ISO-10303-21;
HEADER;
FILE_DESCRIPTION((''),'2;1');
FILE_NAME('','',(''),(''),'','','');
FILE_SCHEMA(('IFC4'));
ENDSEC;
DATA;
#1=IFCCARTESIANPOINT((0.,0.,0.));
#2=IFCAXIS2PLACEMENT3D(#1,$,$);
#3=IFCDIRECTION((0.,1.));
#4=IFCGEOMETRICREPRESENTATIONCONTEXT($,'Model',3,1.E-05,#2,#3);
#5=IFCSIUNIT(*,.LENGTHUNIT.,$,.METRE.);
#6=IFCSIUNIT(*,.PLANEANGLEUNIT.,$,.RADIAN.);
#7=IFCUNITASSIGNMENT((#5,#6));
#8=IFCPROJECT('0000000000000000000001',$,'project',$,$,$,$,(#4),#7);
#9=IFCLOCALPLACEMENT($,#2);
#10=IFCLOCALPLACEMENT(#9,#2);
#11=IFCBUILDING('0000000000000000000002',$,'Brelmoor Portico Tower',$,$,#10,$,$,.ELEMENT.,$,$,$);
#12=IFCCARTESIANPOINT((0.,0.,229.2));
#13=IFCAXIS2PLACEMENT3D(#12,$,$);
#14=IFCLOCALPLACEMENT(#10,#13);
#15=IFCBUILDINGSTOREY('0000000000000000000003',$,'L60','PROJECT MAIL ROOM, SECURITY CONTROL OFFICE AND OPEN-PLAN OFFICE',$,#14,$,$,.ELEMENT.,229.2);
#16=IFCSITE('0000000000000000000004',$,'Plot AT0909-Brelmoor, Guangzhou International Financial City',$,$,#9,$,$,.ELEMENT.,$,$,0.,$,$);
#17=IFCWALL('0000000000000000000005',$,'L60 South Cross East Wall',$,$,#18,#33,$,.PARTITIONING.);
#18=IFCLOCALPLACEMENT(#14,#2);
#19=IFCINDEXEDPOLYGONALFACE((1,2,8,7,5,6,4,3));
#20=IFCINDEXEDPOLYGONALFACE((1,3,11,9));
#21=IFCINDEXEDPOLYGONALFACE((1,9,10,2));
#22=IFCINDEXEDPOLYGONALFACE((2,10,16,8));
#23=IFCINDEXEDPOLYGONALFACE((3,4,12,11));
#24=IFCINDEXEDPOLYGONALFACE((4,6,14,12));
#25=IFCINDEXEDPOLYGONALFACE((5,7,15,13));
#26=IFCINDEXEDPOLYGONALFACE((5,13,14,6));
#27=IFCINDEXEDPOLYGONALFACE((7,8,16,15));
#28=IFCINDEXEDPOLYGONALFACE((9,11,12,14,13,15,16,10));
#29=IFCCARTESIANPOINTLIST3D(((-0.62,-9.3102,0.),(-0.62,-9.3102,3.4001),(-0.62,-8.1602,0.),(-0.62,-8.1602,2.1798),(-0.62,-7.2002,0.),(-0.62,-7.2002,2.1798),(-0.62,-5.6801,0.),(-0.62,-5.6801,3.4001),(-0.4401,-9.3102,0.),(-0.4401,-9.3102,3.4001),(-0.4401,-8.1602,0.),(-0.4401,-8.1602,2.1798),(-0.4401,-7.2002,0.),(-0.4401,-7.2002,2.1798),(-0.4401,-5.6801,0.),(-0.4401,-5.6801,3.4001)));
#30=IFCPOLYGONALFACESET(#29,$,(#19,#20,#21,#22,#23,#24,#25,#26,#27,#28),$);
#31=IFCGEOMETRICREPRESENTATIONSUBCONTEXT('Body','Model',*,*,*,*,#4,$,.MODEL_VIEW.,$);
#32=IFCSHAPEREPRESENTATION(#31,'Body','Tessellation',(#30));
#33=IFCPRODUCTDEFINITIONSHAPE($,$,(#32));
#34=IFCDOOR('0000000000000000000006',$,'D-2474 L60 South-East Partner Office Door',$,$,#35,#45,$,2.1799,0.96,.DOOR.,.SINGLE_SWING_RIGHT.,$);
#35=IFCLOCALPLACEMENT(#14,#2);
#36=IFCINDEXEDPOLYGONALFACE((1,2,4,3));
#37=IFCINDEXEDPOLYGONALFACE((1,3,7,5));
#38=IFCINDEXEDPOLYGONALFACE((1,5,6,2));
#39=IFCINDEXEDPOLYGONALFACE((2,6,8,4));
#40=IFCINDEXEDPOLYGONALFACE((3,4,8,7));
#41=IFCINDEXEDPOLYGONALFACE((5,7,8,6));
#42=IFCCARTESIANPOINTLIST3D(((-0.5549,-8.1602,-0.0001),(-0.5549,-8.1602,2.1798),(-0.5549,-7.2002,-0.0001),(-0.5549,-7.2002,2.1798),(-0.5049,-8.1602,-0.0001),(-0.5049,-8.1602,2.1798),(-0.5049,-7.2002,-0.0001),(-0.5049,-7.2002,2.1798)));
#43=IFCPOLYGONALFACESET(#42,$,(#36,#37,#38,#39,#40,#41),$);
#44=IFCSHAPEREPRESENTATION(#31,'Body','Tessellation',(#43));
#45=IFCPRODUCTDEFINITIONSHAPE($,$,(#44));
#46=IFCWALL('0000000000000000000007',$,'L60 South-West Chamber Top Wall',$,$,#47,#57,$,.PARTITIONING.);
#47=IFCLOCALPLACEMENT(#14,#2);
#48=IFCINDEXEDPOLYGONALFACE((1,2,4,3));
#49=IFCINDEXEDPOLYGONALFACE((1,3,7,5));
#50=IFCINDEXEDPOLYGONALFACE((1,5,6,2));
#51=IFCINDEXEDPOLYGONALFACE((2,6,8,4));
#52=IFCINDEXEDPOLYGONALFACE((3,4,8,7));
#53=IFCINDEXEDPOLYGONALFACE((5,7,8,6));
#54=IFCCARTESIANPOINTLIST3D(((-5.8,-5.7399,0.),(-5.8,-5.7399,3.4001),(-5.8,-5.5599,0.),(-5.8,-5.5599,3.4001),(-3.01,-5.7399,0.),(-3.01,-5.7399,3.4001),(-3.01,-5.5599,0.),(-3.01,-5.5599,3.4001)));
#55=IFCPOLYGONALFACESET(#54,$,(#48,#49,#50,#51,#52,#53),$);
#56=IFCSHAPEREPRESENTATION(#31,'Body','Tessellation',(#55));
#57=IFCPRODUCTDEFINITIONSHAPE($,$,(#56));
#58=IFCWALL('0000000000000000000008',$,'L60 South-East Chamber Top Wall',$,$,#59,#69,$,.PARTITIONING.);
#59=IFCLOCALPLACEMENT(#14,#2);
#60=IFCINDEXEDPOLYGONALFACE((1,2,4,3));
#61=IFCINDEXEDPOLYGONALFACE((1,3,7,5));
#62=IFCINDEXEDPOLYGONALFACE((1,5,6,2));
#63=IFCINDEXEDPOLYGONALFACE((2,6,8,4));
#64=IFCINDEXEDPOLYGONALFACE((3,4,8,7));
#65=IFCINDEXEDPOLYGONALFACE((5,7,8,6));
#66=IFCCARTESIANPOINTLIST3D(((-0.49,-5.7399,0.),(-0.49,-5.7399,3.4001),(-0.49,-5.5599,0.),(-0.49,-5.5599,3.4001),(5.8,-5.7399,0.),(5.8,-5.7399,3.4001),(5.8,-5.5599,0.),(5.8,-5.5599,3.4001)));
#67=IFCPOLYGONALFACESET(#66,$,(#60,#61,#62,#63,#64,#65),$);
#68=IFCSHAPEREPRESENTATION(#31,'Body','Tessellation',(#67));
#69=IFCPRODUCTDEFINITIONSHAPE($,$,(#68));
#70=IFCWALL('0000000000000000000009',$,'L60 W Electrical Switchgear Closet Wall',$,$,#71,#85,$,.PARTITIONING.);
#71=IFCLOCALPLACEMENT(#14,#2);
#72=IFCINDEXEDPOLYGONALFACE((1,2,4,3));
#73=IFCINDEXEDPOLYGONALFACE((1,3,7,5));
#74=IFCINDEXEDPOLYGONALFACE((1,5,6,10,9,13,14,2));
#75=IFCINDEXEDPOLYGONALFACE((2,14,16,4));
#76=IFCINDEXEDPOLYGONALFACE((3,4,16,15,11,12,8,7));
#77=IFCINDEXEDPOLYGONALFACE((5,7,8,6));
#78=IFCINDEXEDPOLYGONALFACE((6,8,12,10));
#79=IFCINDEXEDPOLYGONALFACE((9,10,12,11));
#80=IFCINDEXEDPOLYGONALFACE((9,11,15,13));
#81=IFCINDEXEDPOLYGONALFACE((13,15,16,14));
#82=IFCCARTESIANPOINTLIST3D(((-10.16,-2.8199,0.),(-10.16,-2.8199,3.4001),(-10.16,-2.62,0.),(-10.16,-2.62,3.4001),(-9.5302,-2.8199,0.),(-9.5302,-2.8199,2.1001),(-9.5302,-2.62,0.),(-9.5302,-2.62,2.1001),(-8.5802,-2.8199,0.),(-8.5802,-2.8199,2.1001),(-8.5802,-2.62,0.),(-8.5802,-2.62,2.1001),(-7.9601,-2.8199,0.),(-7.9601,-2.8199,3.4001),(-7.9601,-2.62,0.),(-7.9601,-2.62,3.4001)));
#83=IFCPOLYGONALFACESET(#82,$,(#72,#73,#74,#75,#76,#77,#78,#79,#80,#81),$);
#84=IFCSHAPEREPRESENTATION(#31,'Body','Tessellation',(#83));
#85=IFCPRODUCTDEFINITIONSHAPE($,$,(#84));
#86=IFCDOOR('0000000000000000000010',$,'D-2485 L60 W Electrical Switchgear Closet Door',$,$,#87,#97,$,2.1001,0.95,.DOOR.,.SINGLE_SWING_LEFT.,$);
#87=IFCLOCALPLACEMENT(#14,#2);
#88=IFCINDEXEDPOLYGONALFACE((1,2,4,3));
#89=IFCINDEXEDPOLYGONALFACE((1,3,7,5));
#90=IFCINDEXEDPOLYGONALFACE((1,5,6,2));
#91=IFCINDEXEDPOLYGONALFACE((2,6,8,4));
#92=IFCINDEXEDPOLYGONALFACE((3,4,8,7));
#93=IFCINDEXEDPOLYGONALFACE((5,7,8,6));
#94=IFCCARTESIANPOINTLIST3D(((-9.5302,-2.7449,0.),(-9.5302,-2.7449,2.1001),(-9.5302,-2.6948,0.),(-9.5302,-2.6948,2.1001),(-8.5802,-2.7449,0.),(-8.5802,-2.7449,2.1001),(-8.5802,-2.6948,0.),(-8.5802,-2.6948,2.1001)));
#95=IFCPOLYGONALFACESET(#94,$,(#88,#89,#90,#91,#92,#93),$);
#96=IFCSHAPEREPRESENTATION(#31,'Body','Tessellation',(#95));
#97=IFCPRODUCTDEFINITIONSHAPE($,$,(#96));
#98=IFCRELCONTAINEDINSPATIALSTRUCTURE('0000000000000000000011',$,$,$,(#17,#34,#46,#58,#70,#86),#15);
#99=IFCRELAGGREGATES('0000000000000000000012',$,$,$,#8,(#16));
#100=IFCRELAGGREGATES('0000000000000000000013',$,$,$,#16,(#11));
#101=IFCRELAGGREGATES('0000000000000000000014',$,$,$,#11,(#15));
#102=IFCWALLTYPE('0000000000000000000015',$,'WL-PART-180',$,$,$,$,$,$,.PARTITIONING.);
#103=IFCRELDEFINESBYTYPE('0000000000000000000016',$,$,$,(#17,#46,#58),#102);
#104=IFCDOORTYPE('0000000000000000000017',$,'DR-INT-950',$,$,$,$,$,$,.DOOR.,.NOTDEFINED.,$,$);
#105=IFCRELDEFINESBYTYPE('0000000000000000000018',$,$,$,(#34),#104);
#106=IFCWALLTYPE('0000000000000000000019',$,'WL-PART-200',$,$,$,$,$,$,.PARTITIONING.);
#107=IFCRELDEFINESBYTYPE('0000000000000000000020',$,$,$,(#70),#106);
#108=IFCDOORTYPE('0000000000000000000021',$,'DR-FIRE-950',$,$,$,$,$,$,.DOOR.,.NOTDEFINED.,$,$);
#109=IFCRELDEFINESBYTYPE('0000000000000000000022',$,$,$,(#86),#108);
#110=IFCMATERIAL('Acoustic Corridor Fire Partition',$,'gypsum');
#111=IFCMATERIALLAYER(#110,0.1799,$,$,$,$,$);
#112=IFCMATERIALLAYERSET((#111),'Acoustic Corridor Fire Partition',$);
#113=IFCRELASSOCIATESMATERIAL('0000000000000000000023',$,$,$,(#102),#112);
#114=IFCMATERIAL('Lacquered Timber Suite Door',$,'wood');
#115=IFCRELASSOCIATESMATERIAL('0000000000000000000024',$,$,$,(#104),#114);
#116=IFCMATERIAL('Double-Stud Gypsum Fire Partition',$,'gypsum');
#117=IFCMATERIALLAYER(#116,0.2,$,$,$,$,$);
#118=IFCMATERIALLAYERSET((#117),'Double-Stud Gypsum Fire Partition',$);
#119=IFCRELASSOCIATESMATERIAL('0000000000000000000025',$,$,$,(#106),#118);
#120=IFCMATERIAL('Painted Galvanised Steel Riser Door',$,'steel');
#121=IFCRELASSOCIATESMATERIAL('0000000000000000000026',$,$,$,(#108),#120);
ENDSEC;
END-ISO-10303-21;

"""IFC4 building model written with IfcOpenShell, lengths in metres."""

from ifc_helpers import new_model, si_unit, direction, frame, frame_2d, origin, place, context, subcontext, project, spatial, rectangle, extrude, material, layer, layer_set, type_object, element, fill, save


model = new_model("IFC4")

# Units and contexts
model_context = context("Model", 3, precision=1e-05, world=origin(), true_north=direction((0.0, 1.0)))
body_context = subcontext(model_context, "Body", "Model", "MODEL_VIEW")
ifc_project = project(units=[si_unit("LENGTHUNIT", "METRE"), si_unit("PLANEANGLEUNIT", "RADIAN")], contexts=[model_context])

# Site, building, storey
site_placement = place(None, origin())
site = spatial("IfcSite", under=ifc_project, at=site_placement, Name="Plot AT0909-Brelmoor, Guangzhou International Financial City", CompositionType="ELEMENT", RefElevation=0.0)
building_placement = place(site_placement, origin())
building = spatial("IfcBuilding", under=site, at=building_placement, Name="Brelmoor Portico Tower", CompositionType="ELEMENT")
storey_placement = place(building_placement, frame((0.0, 0.0, 229.2)))
storey = spatial("IfcBuildingStorey", under=building, at=storey_placement, Name="L60", Description="PROJECT MAIL ROOM, SECURITY CONTROL OFFICE AND OPEN-PLAN OFFICE", CompositionType="ELEMENT", Elevation=229.2)

# Shared definitions
ifc_material_1 = material(Name="Acoustic Corridor Fire Partition", Category="gypsum")
ifc_layer_1 = layer(ifc_material_1, 0.1799)
ifc_layer_set_1 = layer_set([ifc_layer_1], Name="Acoustic Corridor Fire Partition")
wall_type_1 = type_object("IfcWallType", Name="WL-PART-180", PredefinedType="PARTITIONING", material=ifc_layer_set_1)
ifc_material_2 = material(Name="Lacquered Timber Suite Door", Category="wood")
door_type_1 = type_object("IfcDoorType", Name="DR-INT-950", OperationType="NOTDEFINED", PredefinedType="DOOR", material=ifc_material_2)

# Wall, opening, door
wall_1_placement = place(storey_placement, frame((-0.53, -9.3101, 0.0), z_axis=(0.0, 0.0, 1.0), x_axis=(0.0, 1.0, 0.0)))
wall_1 = element("IfcWall", 1, at=wall_1_placement, inside=storey, type_object=wall_type_1, Name="L60 South Cross East Wall", PredefinedType="PARTITIONING", context=body_context, shape_type="SweptSolid", body=[
    extrude(rectangle(XDim=3.6301, YDim=0.1799, at=frame_2d((1.8149, 0.0))), origin(), (0.0, 0.0, 1.0), 3.4001),
])
opening_1_placement = place(wall_1_placement, frame((1.1499, 0.0, 0.0)))
opening_1 = element("IfcOpeningElement", 2, at=opening_1_placement, cuts=wall_1, PredefinedType="OPENING", context=body_context, shape_type="SweptSolid", body=[
    extrude(rectangle(XDim=0.96, YDim=2.1799, at=frame_2d((0.48, 1.0898))), frame((0.0, 0.0999, 0.0), z_axis=(0.0, -1.0, 0.0), x_axis=(1.0, 0.0, 0.0)), (0.0, 0.0, 1.0), 0.2),
])
door_1_placement = place(opening_1_placement, origin())
door_1 = element("IfcDoor", 3, at=door_1_placement, inside=storey, type_object=door_type_1, Name="D-2474 L60 South-East Partner Office Door", OperationType="SINGLE_SWING_RIGHT", OverallHeight=2.1799, OverallWidth=0.96, PredefinedType="DOOR", context=body_context, shape_type="SweptSolid", body=[
    extrude(rectangle(XDim=0.96, YDim=2.1799, at=frame_2d((0.48, 1.0898))), frame((0.0, 0.0249, 0.0), z_axis=(0.0, -1.0, 0.0), x_axis=(1.0, 0.0, 0.0)), (0.0, 0.0, 1.0), 0.05),
])
fill(opening_1, door_1)

# Walls
wall_2_placement = place(storey_placement, frame((-5.8, -5.6499, 0.0), z_axis=(0.0, 0.0, 1.0), x_axis=(1.0, 0.0, 0.0)))
element("IfcWall", 4, at=wall_2_placement, inside=storey, type_object=wall_type_1, Name="L60 South-West Chamber Top Wall", PredefinedType="PARTITIONING", context=body_context, shape_type="SweptSolid", body=[
    extrude(rectangle(XDim=2.79, YDim=0.1799, at=frame_2d((1.395, 0.0))), origin(), (0.0, 0.0, 1.0), 3.4001),
])
wall_3_placement = place(storey_placement, frame((-0.49, -5.6499, 0.0), z_axis=(0.0, 0.0, 1.0), x_axis=(1.0, 0.0, 0.0)))
element("IfcWall", 5, at=wall_3_placement, inside=storey, type_object=wall_type_1, Name="L60 South-East Chamber Top Wall", PredefinedType="PARTITIONING", context=body_context, shape_type="SweptSolid", body=[
    extrude(rectangle(XDim=6.29, YDim=0.1799, at=frame_2d((3.145, 0.0))), origin(), (0.0, 0.0, 1.0), 3.4001),
])

# Wall, opening, door
ifc_material_3 = material(Name="Double-Stud Gypsum Fire Partition", Category="gypsum")
ifc_layer_2 = layer(ifc_material_3, 0.2)
ifc_layer_set_2 = layer_set([ifc_layer_2], Name="Double-Stud Gypsum Fire Partition")
wall_type_2 = type_object("IfcWallType", Name="WL-PART-200", PredefinedType="PARTITIONING", material=ifc_layer_set_2)
wall_4_placement = place(storey_placement, frame((-7.96, -2.72, 0.0), z_axis=(0.0, 0.0, 1.0), x_axis=(-1.0, 0.0, 0.0)))
wall_4 = element("IfcWall", 6, at=wall_4_placement, inside=storey, type_object=wall_type_2, Name="L60 W Electrical Switchgear Closet Wall", PredefinedType="PARTITIONING", context=body_context, shape_type="SweptSolid", body=[
    extrude(rectangle(XDim=2.2, YDim=0.2, at=frame_2d((1.1001, 0.0))), origin(), (0.0, 0.0, 1.0), 3.4001),
])
opening_2_placement = place(wall_4_placement, frame((0.6201, 0.0, 0.0)))
opening_2 = element("IfcOpeningElement", 7, at=opening_2_placement, cuts=wall_4, PredefinedType="OPENING", context=body_context, shape_type="SweptSolid", body=[
    extrude(rectangle(XDim=0.95, YDim=2.1001, at=frame_2d((0.4751, 1.05))), frame((0.0, 0.1099, 0.0), z_axis=(0.0, -1.0, 0.0), x_axis=(1.0, 0.0, 0.0)), (0.0, 0.0, 1.0), 0.22),
])
ifc_material_4 = material(Name="Painted Galvanised Steel Riser Door", Category="steel")
door_type_2 = type_object("IfcDoorType", Name="DR-FIRE-950", OperationType="NOTDEFINED", PredefinedType="DOOR", material=ifc_material_4)
door_2_placement = place(opening_2_placement, origin())
door_2 = element("IfcDoor", 8, at=door_2_placement, inside=storey, type_object=door_type_2, Name="D-2485 L60 W Electrical Switchgear Closet Door", OperationType="SINGLE_SWING_LEFT", OverallHeight=2.1001, OverallWidth=0.95, PredefinedType="DOOR", context=body_context, shape_type="SweptSolid", body=[
    extrude(rectangle(XDim=0.95, YDim=2.1001, at=frame_2d((0.4751, 1.05))), frame((0.0, 0.0249, 0.0), z_axis=(0.0, -1.0, 0.0), x_axis=(1.0, 0.0, 0.0)), (0.0, 0.0, 1.0), 0.05),
])
fill(opening_2, door_2)

save(model, "model.ifc")
